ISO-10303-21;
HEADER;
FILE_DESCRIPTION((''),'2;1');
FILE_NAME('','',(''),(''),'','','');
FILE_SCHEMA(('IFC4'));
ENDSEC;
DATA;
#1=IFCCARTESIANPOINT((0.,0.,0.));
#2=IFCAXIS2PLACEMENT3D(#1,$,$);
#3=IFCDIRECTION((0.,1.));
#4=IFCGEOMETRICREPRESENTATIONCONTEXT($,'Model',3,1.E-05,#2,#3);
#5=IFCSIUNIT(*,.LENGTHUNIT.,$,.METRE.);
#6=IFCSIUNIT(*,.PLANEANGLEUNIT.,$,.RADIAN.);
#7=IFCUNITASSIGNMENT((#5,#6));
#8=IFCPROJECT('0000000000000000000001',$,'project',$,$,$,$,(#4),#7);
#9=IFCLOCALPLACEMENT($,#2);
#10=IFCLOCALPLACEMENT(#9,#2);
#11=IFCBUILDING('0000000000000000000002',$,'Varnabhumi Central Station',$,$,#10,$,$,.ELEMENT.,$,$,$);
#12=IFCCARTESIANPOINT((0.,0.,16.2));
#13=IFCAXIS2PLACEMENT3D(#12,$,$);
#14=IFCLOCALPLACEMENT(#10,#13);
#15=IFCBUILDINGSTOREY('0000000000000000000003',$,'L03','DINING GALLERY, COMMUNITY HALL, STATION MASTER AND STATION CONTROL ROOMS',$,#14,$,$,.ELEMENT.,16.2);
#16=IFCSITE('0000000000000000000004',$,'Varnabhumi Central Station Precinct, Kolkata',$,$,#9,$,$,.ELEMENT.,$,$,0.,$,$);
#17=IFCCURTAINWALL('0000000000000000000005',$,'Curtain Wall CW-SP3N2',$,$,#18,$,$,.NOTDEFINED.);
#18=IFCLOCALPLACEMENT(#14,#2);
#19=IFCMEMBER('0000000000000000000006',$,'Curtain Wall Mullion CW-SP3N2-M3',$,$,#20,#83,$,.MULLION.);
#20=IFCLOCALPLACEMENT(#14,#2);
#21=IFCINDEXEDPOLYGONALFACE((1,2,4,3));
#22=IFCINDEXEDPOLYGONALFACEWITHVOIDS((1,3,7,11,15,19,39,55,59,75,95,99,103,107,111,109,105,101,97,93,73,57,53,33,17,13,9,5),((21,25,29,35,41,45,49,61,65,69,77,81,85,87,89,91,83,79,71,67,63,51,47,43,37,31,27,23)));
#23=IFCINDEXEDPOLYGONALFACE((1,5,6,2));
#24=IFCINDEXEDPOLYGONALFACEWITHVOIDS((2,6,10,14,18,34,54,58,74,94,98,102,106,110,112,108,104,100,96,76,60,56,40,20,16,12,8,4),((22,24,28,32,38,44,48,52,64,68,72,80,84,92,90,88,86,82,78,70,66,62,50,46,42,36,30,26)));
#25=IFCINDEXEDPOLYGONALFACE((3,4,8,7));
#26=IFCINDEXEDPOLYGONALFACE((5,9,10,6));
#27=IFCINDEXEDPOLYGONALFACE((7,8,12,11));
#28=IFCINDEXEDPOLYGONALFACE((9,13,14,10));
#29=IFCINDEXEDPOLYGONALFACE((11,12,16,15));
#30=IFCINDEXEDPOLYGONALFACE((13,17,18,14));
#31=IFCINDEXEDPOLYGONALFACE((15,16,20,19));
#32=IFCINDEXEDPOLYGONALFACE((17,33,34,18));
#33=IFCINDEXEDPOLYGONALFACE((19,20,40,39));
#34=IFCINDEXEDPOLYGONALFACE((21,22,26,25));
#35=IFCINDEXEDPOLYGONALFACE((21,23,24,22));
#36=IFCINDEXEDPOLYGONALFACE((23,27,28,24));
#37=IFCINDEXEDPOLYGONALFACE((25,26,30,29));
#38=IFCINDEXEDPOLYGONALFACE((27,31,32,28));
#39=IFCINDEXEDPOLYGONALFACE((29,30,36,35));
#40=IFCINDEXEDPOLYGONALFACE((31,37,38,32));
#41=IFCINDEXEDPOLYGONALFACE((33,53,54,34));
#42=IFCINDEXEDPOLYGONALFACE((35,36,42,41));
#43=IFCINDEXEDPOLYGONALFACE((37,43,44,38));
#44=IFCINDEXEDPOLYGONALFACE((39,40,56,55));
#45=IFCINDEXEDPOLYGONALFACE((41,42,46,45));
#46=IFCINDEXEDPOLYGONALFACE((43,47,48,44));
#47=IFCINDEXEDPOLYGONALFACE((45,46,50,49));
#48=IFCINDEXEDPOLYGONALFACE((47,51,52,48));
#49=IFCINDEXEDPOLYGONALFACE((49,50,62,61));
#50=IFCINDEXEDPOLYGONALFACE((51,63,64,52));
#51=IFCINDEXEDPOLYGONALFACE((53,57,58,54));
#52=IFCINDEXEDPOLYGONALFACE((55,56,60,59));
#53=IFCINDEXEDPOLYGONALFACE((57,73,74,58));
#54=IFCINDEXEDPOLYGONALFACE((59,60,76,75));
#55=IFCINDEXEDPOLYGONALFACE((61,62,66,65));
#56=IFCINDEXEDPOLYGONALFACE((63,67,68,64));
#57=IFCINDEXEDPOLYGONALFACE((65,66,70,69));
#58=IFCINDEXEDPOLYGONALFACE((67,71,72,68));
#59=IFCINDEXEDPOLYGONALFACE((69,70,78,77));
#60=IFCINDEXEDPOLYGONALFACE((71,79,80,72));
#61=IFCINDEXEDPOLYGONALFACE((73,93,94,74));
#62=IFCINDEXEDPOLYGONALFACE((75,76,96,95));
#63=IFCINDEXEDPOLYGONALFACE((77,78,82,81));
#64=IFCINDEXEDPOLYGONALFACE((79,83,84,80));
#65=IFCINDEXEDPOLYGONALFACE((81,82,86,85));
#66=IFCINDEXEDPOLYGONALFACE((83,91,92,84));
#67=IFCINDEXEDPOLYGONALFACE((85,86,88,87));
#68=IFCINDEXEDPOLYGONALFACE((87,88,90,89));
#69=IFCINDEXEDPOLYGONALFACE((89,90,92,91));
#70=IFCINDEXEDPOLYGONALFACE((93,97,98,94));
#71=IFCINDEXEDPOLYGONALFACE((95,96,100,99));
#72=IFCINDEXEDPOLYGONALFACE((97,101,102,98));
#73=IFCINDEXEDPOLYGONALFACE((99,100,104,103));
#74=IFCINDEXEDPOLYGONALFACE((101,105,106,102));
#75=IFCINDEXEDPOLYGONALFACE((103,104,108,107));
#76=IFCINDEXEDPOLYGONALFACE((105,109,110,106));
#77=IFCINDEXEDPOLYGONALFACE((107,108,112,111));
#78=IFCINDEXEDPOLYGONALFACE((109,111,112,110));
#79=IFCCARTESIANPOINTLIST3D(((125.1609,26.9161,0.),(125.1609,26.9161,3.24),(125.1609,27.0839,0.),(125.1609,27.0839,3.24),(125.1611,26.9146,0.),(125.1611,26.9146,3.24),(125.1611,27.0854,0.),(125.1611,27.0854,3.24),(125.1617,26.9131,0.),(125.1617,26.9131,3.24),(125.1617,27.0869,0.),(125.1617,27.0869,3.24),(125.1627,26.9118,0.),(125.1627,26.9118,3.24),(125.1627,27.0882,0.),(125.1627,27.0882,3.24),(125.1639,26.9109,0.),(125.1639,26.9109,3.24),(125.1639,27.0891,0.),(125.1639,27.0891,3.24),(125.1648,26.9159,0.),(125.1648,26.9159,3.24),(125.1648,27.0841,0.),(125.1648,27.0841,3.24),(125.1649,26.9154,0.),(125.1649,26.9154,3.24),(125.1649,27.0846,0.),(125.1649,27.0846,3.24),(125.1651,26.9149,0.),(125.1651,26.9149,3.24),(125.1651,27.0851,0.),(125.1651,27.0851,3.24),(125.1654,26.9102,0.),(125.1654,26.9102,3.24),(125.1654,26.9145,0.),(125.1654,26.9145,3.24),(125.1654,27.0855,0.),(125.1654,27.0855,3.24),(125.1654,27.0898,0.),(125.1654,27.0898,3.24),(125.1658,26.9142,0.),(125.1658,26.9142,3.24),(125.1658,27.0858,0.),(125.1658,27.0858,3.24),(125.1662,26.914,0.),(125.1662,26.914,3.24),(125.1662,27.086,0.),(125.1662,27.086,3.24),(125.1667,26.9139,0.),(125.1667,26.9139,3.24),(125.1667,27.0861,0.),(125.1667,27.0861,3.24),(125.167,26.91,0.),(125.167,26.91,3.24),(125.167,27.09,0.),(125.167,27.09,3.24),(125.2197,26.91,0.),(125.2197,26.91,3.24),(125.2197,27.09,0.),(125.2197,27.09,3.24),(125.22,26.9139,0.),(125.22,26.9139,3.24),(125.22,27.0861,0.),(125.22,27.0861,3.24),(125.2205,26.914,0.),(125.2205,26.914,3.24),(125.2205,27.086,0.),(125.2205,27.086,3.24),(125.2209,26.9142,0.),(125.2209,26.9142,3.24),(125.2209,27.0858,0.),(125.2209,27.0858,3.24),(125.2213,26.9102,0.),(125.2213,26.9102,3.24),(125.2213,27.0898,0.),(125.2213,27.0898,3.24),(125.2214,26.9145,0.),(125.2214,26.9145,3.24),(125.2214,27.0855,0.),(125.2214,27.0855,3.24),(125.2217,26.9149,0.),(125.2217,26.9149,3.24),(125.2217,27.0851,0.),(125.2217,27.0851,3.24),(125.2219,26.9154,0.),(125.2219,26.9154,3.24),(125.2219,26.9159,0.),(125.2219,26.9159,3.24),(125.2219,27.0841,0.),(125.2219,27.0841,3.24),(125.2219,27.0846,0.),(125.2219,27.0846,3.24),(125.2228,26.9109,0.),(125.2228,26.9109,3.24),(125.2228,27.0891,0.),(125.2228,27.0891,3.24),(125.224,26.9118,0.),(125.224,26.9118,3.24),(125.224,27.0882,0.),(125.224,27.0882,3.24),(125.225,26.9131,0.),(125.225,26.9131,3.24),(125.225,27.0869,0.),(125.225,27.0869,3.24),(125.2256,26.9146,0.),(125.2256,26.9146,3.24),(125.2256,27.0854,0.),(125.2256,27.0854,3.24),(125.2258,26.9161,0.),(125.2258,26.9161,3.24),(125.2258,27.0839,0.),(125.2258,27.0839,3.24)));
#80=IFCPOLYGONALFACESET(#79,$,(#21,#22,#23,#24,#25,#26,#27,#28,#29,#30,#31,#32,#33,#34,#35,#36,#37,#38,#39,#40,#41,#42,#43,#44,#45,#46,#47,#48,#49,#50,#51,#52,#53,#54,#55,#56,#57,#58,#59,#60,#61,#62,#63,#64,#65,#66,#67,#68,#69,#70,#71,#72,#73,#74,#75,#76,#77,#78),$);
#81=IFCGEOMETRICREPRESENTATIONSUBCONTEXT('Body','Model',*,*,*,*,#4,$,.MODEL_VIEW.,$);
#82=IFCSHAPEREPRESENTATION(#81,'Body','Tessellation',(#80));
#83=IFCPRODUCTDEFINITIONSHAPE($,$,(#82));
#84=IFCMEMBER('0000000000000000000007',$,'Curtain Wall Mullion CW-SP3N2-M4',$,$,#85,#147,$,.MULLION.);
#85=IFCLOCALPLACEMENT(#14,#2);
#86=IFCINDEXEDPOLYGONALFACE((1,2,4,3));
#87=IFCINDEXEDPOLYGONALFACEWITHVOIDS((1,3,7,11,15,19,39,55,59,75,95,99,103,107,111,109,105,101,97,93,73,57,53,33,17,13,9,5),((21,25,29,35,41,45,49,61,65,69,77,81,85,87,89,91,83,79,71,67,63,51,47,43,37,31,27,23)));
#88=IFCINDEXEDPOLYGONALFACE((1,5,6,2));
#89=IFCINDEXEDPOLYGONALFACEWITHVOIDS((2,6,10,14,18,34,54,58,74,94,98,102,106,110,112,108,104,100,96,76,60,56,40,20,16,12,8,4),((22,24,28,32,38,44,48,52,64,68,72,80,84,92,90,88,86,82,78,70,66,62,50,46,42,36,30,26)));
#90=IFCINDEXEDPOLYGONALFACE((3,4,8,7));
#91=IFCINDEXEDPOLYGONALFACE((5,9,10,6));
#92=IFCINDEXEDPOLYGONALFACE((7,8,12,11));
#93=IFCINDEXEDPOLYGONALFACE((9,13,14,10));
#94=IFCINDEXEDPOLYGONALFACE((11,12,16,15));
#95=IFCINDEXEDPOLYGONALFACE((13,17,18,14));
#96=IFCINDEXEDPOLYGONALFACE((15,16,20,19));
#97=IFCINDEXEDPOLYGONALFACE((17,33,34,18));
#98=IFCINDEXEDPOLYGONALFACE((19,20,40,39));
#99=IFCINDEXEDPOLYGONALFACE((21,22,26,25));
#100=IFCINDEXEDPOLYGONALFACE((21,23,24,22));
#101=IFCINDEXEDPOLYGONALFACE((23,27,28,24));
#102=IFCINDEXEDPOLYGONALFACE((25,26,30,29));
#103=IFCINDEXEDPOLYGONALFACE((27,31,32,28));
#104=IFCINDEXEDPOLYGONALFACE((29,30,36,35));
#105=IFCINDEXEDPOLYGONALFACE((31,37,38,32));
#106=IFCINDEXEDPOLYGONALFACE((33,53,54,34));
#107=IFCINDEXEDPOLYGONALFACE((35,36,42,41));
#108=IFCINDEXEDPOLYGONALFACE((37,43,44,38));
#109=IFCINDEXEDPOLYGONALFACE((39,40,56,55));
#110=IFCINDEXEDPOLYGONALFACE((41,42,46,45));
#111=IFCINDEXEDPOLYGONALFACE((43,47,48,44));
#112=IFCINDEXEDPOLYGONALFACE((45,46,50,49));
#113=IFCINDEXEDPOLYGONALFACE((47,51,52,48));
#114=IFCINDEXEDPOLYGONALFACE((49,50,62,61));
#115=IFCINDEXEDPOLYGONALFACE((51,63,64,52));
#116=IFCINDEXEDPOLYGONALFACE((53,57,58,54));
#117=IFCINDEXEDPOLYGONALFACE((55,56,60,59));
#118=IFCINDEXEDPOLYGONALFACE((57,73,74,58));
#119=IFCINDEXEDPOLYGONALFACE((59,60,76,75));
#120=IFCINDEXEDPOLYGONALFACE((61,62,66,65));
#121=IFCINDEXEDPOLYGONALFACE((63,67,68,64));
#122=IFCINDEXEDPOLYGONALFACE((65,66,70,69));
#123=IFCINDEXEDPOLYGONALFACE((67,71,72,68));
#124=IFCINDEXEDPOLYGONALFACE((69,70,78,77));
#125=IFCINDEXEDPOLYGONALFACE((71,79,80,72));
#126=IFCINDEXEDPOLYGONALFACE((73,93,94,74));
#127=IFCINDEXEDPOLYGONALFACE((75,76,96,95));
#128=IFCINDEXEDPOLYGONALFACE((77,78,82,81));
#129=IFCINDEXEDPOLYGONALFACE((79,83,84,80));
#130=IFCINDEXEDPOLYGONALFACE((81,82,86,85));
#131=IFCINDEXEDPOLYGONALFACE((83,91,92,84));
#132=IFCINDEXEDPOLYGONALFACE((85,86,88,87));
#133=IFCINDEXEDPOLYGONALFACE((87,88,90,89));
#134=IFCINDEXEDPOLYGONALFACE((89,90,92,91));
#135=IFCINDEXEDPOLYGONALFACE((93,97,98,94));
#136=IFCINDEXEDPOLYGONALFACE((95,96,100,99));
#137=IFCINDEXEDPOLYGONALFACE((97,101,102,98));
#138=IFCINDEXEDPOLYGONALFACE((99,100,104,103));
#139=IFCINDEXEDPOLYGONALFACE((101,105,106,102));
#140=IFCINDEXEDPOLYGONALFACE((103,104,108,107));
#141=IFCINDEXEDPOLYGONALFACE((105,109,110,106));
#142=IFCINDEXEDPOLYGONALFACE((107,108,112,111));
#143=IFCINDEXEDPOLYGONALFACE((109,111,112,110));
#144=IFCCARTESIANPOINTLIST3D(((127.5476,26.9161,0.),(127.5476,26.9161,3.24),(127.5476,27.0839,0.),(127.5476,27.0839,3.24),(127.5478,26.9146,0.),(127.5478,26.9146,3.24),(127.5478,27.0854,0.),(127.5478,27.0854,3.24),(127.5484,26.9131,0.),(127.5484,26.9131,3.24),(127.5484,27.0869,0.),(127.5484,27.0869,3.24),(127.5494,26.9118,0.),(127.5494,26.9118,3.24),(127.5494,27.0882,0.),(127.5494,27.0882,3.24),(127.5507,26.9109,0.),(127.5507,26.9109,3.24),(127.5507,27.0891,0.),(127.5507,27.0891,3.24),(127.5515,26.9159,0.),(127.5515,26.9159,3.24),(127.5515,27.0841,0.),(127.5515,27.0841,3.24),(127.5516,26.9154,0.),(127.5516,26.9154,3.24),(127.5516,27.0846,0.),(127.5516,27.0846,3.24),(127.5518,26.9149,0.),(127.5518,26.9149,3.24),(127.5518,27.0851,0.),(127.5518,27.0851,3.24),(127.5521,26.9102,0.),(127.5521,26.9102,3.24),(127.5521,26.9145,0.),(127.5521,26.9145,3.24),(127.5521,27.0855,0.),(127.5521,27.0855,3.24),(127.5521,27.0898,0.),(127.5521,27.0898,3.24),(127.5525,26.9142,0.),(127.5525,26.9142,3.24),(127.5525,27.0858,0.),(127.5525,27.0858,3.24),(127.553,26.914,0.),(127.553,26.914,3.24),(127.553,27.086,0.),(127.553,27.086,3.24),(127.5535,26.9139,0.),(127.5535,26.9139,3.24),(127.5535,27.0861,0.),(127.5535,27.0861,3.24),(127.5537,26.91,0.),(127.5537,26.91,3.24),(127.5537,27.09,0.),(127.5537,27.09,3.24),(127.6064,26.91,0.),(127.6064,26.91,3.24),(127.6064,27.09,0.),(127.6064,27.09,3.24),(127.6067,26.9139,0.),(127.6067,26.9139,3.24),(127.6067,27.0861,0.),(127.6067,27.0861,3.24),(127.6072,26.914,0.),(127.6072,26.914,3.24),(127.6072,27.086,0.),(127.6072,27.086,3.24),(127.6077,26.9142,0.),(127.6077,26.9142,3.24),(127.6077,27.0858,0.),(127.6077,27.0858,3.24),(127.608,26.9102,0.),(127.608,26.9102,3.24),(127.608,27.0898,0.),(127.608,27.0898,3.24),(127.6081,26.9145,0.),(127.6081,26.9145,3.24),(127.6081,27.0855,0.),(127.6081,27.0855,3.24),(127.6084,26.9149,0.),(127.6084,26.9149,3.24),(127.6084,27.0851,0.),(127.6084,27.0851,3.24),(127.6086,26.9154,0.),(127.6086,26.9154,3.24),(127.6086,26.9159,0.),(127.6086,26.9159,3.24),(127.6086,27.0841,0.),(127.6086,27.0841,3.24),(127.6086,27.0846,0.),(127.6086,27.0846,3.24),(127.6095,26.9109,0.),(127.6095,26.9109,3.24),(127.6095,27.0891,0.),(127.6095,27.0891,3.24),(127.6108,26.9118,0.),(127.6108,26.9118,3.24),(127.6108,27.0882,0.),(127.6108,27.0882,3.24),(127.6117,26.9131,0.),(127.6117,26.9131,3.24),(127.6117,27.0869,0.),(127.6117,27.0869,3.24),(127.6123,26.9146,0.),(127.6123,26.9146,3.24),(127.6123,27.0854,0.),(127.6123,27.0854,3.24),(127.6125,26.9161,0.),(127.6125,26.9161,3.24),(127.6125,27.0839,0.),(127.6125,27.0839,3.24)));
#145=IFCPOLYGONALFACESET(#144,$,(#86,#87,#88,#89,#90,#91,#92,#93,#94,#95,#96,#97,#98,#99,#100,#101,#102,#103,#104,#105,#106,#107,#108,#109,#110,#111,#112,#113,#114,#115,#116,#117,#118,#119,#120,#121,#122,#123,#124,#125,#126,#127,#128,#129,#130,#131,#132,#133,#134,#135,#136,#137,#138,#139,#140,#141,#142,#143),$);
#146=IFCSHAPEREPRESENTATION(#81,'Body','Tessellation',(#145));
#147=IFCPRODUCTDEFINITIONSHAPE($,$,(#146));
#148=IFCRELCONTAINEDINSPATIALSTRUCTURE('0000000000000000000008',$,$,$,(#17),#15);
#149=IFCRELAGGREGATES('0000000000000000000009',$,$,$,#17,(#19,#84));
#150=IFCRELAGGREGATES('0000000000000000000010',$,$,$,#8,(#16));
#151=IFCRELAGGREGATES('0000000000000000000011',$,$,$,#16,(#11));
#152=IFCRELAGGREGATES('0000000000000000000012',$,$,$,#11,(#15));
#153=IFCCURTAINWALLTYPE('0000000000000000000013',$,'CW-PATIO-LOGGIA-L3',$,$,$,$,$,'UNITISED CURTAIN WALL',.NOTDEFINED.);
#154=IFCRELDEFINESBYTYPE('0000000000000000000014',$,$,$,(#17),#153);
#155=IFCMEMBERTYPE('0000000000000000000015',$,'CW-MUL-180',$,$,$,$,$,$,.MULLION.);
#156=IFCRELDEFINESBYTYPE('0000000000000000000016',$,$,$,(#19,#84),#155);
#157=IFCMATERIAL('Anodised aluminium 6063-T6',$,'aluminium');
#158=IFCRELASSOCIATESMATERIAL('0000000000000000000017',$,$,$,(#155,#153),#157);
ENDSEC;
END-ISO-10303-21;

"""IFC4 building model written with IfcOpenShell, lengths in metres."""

from ifc_helpers import new_model, si_unit, direction, frame, origin, origin_2d, place, context, subcontext, project, spatial, hollow_rectangle, extrude, material, material_profile, profile_set, type_object, element, aggregate, save


model = new_model("IFC4")

# Units and contexts
model_context = context("Model", 3, precision=1e-05, world=origin(), true_north=direction((0.0, 1.0)))
body_context = subcontext(model_context, "Body", "Model", "MODEL_VIEW")
ifc_project = project(units=[si_unit("LENGTHUNIT", "METRE"), si_unit("PLANEANGLEUNIT", "RADIAN")], contexts=[model_context])

# Site, building, storey
site_placement = place(None, origin())
site = spatial("IfcSite", under=ifc_project, at=site_placement, Name="Varnabhumi Central Station Precinct, Kolkata", CompositionType="ELEMENT", RefElevation=0.0)
building_placement = place(site_placement, origin())
building = spatial("IfcBuilding", under=site, at=building_placement, Name="Varnabhumi Central Station", CompositionType="ELEMENT")
storey_placement = place(building_placement, frame((0.0, 0.0, 16.2)))
storey = spatial("IfcBuildingStorey", under=building, at=storey_placement, Name="L03", Description="DINING GALLERY, COMMUNITY HALL, STATION MASTER AND STATION CONTROL ROOMS", CompositionType="ELEMENT", Elevation=16.2)

# Shared definitions
ifc_material_1 = material(Name="Anodised aluminium 6063-T6", Category="aluminium")
ifc_material_profile_1 = material_profile(ifc_material_1, hollow_rectangle(XDim=0.0649, YDim=0.1799, WallThickness=0.0039, InnerFilletRadius=0.002, OuterFilletRadius=0.0061, at=origin_2d()), Name="Anodised aluminium 6063-T6", Category="aluminium")
ifc_profile_set_1 = profile_set([ifc_material_profile_1], Name="Anodised aluminium 6063-T6")
member_type_1 = type_object("IfcMemberType", Name="CW-MUL-180", PredefinedType="MULLION", material=ifc_profile_set_1)

# Curtain wall, members
curtain_wall_type_1 = type_object("IfcCurtainWallType", Name="CW-PATIO-LOGGIA-L3", ElementType="UNITISED CURTAIN WALL", PredefinedType="NOTDEFINED", material=ifc_material_1)
curtain_wall_1_placement = place(storey_placement, origin())
curtain_wall_1 = element("IfcCurtainWall", 1, at=curtain_wall_1_placement, inside=storey, type_object=curtain_wall_type_1, Name="Curtain Wall CW-SP3N2", PredefinedType="NOTDEFINED")
member_1_placement = place(storey_placement, frame((125.1934, 27.0, 0.0), z_axis=(0.0, 0.0, 1.0), x_axis=(1.0, 0.0, 0.0)))
member_1 = element("IfcMember", 2, at=member_1_placement, type_object=member_type_1, Name="Curtain Wall Mullion CW-SP3N2-M3", PredefinedType="MULLION", context=body_context, shape_type="SweptSolid", body=[
    extrude(hollow_rectangle(XDim=0.0649, YDim=0.1799, WallThickness=0.0039, InnerFilletRadius=0.002, OuterFilletRadius=0.0061, at=origin_2d()), origin(), (0.0, 0.0, 1.0), 3.24),
])
member_2_placement = place(storey_placement, frame((127.5801, 27.0, 0.0), z_axis=(0.0, 0.0, 1.0), x_axis=(1.0, 0.0, 0.0)))
member_2 = element("IfcMember", 3, at=member_2_placement, type_object=member_type_1, Name="Curtain Wall Mullion CW-SP3N2-M4", PredefinedType="MULLION", context=body_context, shape_type="SweptSolid", body=[
    extrude(hollow_rectangle(XDim=0.0649, YDim=0.1799, WallThickness=0.0039, InnerFilletRadius=0.002, OuterFilletRadius=0.0061, at=origin_2d()), origin(), (0.0, 0.0, 1.0), 3.24),
])

aggregate(curtain_wall_1, [member_1, member_2])

save(model, "model.ifc")
